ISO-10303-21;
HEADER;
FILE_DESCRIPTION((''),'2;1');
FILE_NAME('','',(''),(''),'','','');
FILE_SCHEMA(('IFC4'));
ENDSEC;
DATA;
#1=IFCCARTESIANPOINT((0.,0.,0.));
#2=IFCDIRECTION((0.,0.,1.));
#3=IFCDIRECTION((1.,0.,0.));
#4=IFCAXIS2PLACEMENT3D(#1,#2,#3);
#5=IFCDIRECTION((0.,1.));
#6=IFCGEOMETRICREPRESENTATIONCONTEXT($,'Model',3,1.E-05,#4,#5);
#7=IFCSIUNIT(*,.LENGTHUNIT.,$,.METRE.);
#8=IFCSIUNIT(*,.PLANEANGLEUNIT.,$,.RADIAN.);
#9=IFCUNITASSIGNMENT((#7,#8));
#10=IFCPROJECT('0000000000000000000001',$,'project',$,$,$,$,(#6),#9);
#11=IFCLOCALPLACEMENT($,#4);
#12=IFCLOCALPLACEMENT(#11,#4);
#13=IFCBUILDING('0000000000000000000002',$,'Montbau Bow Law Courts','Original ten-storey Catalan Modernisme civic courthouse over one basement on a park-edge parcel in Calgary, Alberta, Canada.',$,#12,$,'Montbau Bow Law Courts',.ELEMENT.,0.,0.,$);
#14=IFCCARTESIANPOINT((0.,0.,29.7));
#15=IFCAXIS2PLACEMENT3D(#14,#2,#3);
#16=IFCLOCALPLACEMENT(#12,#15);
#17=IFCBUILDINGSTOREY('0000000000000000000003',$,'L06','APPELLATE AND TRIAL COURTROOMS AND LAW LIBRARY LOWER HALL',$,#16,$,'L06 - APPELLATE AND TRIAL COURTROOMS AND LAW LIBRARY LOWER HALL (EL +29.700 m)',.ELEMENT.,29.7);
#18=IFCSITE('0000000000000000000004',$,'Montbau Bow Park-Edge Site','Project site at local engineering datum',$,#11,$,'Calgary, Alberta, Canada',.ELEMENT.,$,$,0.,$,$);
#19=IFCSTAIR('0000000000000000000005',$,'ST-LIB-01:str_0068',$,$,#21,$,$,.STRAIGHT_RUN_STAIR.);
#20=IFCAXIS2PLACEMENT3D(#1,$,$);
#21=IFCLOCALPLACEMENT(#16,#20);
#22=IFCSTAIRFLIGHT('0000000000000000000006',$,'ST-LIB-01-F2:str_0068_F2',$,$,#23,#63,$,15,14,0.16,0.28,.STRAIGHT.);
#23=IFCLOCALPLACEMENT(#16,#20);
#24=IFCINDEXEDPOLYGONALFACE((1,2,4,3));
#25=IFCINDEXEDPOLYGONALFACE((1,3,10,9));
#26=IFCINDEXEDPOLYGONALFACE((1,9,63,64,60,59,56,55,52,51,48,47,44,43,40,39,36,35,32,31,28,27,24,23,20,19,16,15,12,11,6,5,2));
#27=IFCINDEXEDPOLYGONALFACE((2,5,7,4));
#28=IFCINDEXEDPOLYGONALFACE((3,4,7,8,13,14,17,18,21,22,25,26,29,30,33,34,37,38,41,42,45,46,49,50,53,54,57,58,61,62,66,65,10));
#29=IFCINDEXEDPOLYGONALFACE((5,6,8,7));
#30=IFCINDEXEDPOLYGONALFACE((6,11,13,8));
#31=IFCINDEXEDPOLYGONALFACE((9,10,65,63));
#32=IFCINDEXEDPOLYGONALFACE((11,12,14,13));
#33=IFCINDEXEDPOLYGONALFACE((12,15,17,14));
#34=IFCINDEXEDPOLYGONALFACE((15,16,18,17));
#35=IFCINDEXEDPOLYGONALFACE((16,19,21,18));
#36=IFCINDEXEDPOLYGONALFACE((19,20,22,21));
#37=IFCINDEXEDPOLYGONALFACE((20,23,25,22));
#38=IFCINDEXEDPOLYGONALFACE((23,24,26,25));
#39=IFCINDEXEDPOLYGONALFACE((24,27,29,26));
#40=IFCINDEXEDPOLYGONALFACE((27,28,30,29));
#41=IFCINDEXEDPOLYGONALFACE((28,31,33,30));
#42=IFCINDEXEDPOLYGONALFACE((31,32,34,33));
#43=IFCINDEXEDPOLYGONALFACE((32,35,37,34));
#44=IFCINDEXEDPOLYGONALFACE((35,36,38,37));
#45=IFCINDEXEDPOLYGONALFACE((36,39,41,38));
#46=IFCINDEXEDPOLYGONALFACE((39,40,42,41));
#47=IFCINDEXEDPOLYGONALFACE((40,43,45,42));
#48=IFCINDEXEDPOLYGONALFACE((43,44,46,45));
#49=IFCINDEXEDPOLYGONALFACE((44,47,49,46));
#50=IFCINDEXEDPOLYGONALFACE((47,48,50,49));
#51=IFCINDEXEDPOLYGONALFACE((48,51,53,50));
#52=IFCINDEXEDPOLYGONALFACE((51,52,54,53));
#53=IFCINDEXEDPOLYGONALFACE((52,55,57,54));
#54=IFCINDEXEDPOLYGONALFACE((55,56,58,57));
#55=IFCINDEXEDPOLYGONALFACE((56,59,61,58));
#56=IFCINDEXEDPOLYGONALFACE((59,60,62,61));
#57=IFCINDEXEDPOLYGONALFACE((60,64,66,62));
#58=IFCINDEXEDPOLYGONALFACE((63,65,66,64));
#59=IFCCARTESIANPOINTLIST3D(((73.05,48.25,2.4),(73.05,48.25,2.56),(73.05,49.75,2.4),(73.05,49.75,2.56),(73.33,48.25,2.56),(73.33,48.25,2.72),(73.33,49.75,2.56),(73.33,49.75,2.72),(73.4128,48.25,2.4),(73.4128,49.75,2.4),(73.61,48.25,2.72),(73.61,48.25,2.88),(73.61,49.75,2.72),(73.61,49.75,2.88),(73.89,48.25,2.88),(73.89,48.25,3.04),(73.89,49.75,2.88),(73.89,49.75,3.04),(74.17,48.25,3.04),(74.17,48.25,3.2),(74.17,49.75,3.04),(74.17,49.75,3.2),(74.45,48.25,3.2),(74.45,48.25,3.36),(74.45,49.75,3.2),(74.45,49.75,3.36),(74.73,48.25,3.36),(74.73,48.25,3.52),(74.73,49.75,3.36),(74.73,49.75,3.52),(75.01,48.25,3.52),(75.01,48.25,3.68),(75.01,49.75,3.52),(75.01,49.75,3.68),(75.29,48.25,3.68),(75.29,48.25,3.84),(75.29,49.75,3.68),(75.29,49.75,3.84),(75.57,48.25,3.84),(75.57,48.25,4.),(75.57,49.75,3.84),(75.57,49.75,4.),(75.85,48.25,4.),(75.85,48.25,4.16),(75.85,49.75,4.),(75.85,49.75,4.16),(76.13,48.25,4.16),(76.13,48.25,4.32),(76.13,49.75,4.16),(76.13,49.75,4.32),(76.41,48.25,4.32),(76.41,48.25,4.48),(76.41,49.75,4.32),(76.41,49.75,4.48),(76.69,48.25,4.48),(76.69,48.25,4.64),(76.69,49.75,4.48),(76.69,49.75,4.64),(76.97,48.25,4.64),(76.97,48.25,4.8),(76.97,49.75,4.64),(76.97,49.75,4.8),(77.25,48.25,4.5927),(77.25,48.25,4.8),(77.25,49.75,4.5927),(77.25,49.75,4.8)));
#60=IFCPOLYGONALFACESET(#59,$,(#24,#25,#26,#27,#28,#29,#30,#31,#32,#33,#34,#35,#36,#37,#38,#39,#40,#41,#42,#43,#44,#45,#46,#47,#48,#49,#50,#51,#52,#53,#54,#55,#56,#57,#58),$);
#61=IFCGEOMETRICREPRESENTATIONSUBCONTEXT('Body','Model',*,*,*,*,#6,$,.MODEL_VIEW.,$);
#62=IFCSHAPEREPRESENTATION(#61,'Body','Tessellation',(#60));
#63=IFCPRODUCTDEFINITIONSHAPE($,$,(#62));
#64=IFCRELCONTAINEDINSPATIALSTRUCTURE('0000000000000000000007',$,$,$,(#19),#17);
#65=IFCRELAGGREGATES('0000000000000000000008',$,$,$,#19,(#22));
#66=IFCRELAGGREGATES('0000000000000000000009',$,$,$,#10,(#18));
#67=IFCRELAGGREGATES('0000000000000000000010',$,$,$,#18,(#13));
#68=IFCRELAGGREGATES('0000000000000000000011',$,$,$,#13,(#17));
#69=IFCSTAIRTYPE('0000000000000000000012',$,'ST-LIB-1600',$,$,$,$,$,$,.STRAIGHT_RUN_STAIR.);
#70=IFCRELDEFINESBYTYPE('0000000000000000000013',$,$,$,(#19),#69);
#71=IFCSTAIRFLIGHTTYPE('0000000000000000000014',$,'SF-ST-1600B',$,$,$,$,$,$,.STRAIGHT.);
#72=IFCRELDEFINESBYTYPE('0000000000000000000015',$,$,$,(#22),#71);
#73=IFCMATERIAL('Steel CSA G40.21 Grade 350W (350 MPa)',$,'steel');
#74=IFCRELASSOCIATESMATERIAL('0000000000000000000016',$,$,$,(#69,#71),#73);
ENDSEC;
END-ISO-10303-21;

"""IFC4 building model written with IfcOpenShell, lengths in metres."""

from ifc_helpers import new_model, si_unit, direction, frame, origin_with_axes, place, context, subcontext, project, spatial, polyline, outline, extrude, material, type_object, element, aggregate, save


model = new_model("IFC4")

# Units and contexts
model_context = context("Model", 3, precision=1e-05, world=origin_with_axes(), true_north=direction((0.0, 1.0)))
body_context = subcontext(model_context, "Body", "Model", "MODEL_VIEW")
ifc_project = project(units=[si_unit("LENGTHUNIT", "METRE"), si_unit("PLANEANGLEUNIT", "RADIAN")], contexts=[model_context])

# Site, building, storey
site_placement = place(None, origin_with_axes())
site = spatial("IfcSite", under=ifc_project, at=site_placement, Name="Montbau Bow Park-Edge Site", Description="Project site at local engineering datum", LongName="Calgary, Alberta, Canada", CompositionType="ELEMENT", RefElevation=0.0)
building_placement = place(site_placement, origin_with_axes())
building = spatial("IfcBuilding", under=site, at=building_placement, Name="Montbau Bow Law Courts", Description="Original ten-storey Catalan Modernisme civic courthouse over one basement on a park-edge parcel in Calgary, Alberta, Canada.", LongName="Montbau Bow Law Courts", CompositionType="ELEMENT", ElevationOfRefHeight=0.0, ElevationOfTerrain=0.0)
storey_placement = place(building_placement, frame((0.0, 0.0, 29.7), z_axis=(0.0, 0.0, 1.0), x_axis=(1.0, 0.0, 0.0)))
storey = spatial("IfcBuildingStorey", under=building, at=storey_placement, Name="L06", Description="APPELLATE AND TRIAL COURTROOMS AND LAW LIBRARY LOWER HALL", LongName="L06 - APPELLATE AND TRIAL COURTROOMS AND LAW LIBRARY LOWER HALL (EL +29.700 m)", CompositionType="ELEMENT", Elevation=29.7)

# Shared definitions
ifc_material_1 = material(Name="Steel CSA G40.21 Grade 350W (350 MPa)", Category="steel")

# Stair, stair flight
stair_type = type_object("IfcStairType", Name="ST-LIB-1600", PredefinedType="STRAIGHT_RUN_STAIR", material=ifc_material_1)
stair_placement = place(None, frame((66.8, 49.0, 29.7), z_axis=(0.0, 0.0, 1.0), x_axis=(1.0, 0.0, 0.0)))
stair = element("IfcStair", 1, at=stair_placement, inside=storey, type_object=stair_type, Name="ST-LIB-01:str_0068", PredefinedType="STRAIGHT_RUN_STAIR")
stair_flight_type = type_object("IfcStairFlightType", Name="SF-ST-1600B", PredefinedType="STRAIGHT", material=ifc_material_1)
stair_flight_placement = place(None, frame((73.05, 49.0, 32.1), z_axis=(0.0, 0.0, 1.0), x_axis=(1.0, 0.0, 0.0)))
stair_flight = element("IfcStairFlight", 2, at=stair_flight_placement, type_object=stair_flight_type, Name="ST-LIB-01-F2:str_0068_F2", NumberOfRisers=15, NumberOfTreads=14, PredefinedType="STRAIGHT", RiserHeight=0.16, TreadLength=0.28, context=body_context, shape_type="SweptSolid", body=[
    extrude(outline(polyline([(0.0, 0.0), (0.0, 0.16), (0.28, 0.16), (0.28, 0.32), (0.56, 0.32), (0.56, 0.48), (0.84, 0.48), (0.84, 0.64), (1.12, 0.64), (1.12, 0.8), (1.4, 0.8), (1.4, 0.96), (1.68, 0.96), (1.68, 1.12), (1.96, 1.12), (1.96, 1.28), (2.24, 1.28), (2.24, 1.44), (2.52, 1.44), (2.52, 1.6), (2.8, 1.6), (2.8, 1.76), (3.08, 1.76), (3.08, 1.92), (3.36, 1.92), (3.36, 2.08), (3.64, 2.08), (3.64, 2.24), (3.92, 2.24), (3.92, 2.4), (4.2, 2.4), (4.2, 2.1927), (0.3628, 0.0), (0.0, 0.0)])), frame((0.0, 0.75, 0.0), z_axis=(0.0, -1.0, 0.0), x_axis=(1.0, 0.0, 0.0)), (0.0, 0.0, 1.0), 1.5),
])
aggregate(stair, [stair_flight])

save(model, "model.ifc")
